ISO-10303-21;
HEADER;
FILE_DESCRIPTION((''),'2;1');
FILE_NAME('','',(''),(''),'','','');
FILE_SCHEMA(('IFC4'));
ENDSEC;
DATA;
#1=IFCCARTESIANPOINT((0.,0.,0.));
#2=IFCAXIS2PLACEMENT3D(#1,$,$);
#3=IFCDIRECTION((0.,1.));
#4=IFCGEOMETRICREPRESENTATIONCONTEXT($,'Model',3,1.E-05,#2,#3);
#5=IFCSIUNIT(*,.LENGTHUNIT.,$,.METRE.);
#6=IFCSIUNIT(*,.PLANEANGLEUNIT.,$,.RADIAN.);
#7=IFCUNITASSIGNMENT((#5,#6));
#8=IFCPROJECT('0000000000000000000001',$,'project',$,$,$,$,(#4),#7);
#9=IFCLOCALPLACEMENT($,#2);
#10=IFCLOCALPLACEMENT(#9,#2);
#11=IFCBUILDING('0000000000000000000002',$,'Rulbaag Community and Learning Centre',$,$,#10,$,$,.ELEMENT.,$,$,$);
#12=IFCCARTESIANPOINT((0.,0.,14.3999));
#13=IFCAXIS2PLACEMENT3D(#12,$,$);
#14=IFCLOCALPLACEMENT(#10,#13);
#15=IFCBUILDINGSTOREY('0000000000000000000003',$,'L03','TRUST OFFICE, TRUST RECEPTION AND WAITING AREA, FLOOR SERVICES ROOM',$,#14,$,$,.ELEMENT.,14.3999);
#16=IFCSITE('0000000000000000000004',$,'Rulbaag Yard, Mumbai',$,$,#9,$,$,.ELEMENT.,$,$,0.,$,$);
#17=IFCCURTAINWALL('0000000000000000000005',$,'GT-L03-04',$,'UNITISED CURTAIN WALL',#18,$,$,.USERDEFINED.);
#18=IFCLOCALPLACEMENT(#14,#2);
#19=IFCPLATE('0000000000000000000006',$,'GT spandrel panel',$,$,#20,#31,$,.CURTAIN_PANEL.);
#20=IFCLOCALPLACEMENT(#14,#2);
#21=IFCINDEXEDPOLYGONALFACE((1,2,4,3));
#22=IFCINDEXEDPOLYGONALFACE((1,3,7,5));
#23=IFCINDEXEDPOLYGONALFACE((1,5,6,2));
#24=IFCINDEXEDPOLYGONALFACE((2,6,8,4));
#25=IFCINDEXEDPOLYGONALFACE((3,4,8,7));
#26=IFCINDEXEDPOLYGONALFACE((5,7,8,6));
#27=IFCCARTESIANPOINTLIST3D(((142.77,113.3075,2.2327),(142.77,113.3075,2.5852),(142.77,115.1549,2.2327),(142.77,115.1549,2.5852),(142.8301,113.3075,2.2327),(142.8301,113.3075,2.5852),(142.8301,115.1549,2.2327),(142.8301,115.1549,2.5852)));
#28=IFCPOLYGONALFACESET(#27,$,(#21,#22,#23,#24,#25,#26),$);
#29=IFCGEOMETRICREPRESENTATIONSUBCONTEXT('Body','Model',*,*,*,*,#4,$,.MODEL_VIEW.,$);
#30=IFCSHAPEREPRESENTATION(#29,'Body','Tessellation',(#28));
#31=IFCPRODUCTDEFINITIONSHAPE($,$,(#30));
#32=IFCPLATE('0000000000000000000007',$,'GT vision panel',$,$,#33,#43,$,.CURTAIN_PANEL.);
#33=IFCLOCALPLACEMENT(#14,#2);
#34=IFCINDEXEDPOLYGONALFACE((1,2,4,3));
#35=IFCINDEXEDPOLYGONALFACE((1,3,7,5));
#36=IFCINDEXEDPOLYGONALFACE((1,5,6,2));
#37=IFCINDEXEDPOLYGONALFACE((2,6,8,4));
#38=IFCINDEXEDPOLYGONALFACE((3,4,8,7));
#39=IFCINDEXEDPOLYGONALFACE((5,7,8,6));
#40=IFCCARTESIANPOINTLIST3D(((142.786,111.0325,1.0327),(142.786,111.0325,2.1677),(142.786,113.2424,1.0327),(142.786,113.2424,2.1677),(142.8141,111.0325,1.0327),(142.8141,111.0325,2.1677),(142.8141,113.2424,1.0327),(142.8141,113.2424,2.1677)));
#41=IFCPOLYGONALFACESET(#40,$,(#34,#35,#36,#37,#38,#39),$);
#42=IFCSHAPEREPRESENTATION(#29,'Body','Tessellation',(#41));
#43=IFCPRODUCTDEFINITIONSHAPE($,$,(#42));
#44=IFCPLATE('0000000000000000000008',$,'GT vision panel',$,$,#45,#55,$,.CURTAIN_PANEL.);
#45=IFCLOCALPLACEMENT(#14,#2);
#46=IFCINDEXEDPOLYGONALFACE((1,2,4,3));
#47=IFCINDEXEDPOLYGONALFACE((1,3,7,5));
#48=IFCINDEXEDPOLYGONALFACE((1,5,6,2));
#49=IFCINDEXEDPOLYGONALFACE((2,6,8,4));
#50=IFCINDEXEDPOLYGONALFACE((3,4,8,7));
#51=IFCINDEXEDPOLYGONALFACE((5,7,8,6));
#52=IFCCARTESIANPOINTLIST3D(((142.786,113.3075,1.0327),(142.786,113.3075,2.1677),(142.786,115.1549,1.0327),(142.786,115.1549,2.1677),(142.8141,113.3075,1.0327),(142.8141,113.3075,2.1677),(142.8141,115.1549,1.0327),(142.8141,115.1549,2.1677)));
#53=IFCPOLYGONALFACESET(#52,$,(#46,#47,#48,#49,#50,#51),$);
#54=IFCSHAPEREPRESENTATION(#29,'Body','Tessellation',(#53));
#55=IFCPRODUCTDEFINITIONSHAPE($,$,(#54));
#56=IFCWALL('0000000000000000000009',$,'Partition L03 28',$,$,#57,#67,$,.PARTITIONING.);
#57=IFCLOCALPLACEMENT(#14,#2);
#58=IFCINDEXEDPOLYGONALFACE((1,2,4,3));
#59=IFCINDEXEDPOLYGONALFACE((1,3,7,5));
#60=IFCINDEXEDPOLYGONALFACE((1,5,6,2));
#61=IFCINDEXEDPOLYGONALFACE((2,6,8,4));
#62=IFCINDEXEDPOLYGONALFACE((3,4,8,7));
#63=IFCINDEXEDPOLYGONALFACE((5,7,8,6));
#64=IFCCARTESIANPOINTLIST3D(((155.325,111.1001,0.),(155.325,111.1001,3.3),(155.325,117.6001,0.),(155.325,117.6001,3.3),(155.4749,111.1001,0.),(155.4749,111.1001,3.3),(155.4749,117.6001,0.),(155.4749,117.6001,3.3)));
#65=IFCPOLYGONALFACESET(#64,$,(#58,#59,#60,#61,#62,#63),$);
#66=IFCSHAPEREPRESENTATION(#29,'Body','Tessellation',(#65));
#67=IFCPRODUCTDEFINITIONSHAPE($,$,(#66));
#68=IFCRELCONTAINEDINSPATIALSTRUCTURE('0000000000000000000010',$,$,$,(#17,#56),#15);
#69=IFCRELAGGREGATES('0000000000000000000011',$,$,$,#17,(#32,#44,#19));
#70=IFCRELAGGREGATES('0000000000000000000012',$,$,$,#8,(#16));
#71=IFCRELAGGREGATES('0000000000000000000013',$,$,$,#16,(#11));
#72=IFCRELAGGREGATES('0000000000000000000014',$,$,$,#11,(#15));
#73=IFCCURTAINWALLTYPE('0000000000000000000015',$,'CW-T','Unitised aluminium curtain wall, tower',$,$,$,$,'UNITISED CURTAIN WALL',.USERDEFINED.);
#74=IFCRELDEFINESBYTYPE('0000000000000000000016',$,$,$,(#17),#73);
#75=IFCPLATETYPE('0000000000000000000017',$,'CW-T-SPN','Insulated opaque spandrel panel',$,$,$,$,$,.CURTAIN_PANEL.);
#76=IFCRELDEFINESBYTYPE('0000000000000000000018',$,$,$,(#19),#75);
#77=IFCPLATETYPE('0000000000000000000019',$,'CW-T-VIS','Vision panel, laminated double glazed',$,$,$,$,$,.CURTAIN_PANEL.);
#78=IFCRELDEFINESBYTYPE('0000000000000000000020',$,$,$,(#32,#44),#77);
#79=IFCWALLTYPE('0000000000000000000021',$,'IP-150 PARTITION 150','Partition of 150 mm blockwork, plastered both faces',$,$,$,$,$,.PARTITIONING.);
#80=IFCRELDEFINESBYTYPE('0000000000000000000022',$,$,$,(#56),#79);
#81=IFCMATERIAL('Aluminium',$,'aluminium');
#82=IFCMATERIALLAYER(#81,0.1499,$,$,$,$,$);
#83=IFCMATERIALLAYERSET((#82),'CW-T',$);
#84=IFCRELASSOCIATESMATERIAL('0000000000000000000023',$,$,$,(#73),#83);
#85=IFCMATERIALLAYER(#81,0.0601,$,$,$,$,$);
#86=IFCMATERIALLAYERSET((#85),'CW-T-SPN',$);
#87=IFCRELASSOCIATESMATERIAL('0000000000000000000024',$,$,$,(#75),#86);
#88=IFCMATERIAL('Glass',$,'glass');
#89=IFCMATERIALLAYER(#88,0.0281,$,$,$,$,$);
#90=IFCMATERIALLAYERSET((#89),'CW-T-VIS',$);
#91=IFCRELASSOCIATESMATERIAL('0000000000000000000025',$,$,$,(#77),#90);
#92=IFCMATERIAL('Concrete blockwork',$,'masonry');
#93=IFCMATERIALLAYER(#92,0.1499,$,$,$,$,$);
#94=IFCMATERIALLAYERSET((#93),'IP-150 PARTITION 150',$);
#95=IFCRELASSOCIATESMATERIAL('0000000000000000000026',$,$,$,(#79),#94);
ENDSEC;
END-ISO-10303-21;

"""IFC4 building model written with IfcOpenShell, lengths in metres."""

from ifc_helpers import new_model, si_unit, direction, frame, frame_2d, origin, origin_2d, place, context, subcontext, project, spatial, rectangle, extrude, material, layer, layer_set, type_object, element, aggregate, save


model = new_model("IFC4")

# Units and contexts
model_context = context("Model", 3, precision=1e-05, world=origin(), true_north=direction((0.0, 1.0)))
body_context = subcontext(model_context, "Body", "Model", "MODEL_VIEW")
ifc_project = project(units=[si_unit("LENGTHUNIT", "METRE"), si_unit("PLANEANGLEUNIT", "RADIAN")], contexts=[model_context])

# Site, building, storey
site_placement = place(None, origin())
site = spatial("IfcSite", under=ifc_project, at=site_placement, Name="Rulbaag Yard, Mumbai", CompositionType="ELEMENT", RefElevation=0.0)
building_placement = place(site_placement, origin())
building = spatial("IfcBuilding", under=site, at=building_placement, Name="Rulbaag Community and Learning Centre", CompositionType="ELEMENT")
storey_placement = place(building_placement, frame((0.0, 0.0, 14.3999)))
storey = spatial("IfcBuildingStorey", under=building, at=storey_placement, Name="L03", Description="TRUST OFFICE, TRUST RECEPTION AND WAITING AREA, FLOOR SERVICES ROOM", CompositionType="ELEMENT", Elevation=14.3999)

# Curtain wall, plates
ifc_material_1 = material(Name="Aluminium", Category="aluminium")
ifc_layer_1 = layer(ifc_material_1, 0.1499)
ifc_layer_set_1 = layer_set([ifc_layer_1], Name="CW-T")
curtain_wall_type = type_object("IfcCurtainWallType", Name="CW-T", Description="Unitised aluminium curtain wall, tower", ElementType="UNITISED CURTAIN WALL", PredefinedType="USERDEFINED", material=ifc_layer_set_1)
curtain_wall_placement = place(storey_placement, origin())
curtain_wall = element("IfcCurtainWall", 1, at=curtain_wall_placement, inside=storey, type_object=curtain_wall_type, Name="GT-L03-04", ObjectType="UNITISED CURTAIN WALL", PredefinedType="USERDEFINED")
ifc_layer_2 = layer(ifc_material_1, 0.0601)
ifc_layer_set_2 = layer_set([ifc_layer_2], Name="CW-T-SPN")
plate_type_1 = type_object("IfcPlateType", Name="CW-T-SPN", Description="Insulated opaque spandrel panel", PredefinedType="CURTAIN_PANEL", material=ifc_layer_set_2)
plate_1_placement = place(storey_placement, frame((142.8, 114.2312, 2.2327), z_axis=(0.0, 0.0, 1.0), x_axis=(0.0, 1.0, 0.0)))
plate_1 = element("IfcPlate", 2, at=plate_1_placement, type_object=plate_type_1, Name="GT spandrel panel", PredefinedType="CURTAIN_PANEL", context=body_context, shape_type="SweptSolid", body=[
    extrude(rectangle(XDim=1.8474, YDim=0.0601, at=origin_2d()), origin(), (0.0, 0.0, 1.0), 0.3525),
])
ifc_material_2 = material(Name="Glass", Category="glass")
ifc_layer_3 = layer(ifc_material_2, 0.0281)
ifc_layer_set_3 = layer_set([ifc_layer_3], Name="CW-T-VIS")
plate_type_2 = type_object("IfcPlateType", Name="CW-T-VIS", Description="Vision panel, laminated double glazed", PredefinedType="CURTAIN_PANEL", material=ifc_layer_set_3)
plate_2_placement = place(storey_placement, frame((142.8, 112.1375, 1.0327), z_axis=(0.0, 0.0, 1.0), x_axis=(0.0, 1.0, 0.0)))
plate_2 = element("IfcPlate", 3, at=plate_2_placement, type_object=plate_type_2, Name="GT vision panel", PredefinedType="CURTAIN_PANEL", context=body_context, shape_type="SweptSolid", body=[
    extrude(rectangle(XDim=2.21, YDim=0.0281, at=origin_2d()), origin(), (0.0, 0.0, 1.0), 1.135),
])
plate_3_placement = place(storey_placement, frame((142.8, 114.2312, 1.0327), z_axis=(0.0, 0.0, 1.0), x_axis=(0.0, 1.0, 0.0)))
plate_3 = element("IfcPlate", 4, at=plate_3_placement, type_object=plate_type_2, Name="GT vision panel", PredefinedType="CURTAIN_PANEL", context=body_context, shape_type="SweptSolid", body=[
    extrude(rectangle(XDim=1.8474, YDim=0.0281, at=origin_2d()), origin(), (0.0, 0.0, 1.0), 1.135),
])
aggregate(curtain_wall, [plate_2, plate_3, plate_1])

# Wall
ifc_material_3 = material(Name="Concrete blockwork", Category="masonry")
ifc_layer_4 = layer(ifc_material_3, 0.1499)
ifc_layer_set_4 = layer_set([ifc_layer_4], Name="IP-150 PARTITION 150")
wall_type = type_object("IfcWallType", Name="IP-150 PARTITION 150", Description="Partition of 150 mm blockwork, plastered both faces", PredefinedType="PARTITIONING", material=ifc_layer_set_4)
wall_placement = place(storey_placement, frame((155.3999, 111.1001, 0.0), z_axis=(0.0, 0.0, 1.0), x_axis=(0.0, 1.0, 0.0)))
element("IfcWall", 5, at=wall_placement, inside=storey, type_object=wall_type, Name="Partition L03 28", PredefinedType="PARTITIONING", context=body_context, shape_type="SweptSolid", body=[
    extrude(rectangle(XDim=6.5, YDim=0.1499, at=frame_2d((3.25, 0.0))), origin(), (0.0, 0.0, 1.0), 3.3),
])

save(model, "model.ifc")
